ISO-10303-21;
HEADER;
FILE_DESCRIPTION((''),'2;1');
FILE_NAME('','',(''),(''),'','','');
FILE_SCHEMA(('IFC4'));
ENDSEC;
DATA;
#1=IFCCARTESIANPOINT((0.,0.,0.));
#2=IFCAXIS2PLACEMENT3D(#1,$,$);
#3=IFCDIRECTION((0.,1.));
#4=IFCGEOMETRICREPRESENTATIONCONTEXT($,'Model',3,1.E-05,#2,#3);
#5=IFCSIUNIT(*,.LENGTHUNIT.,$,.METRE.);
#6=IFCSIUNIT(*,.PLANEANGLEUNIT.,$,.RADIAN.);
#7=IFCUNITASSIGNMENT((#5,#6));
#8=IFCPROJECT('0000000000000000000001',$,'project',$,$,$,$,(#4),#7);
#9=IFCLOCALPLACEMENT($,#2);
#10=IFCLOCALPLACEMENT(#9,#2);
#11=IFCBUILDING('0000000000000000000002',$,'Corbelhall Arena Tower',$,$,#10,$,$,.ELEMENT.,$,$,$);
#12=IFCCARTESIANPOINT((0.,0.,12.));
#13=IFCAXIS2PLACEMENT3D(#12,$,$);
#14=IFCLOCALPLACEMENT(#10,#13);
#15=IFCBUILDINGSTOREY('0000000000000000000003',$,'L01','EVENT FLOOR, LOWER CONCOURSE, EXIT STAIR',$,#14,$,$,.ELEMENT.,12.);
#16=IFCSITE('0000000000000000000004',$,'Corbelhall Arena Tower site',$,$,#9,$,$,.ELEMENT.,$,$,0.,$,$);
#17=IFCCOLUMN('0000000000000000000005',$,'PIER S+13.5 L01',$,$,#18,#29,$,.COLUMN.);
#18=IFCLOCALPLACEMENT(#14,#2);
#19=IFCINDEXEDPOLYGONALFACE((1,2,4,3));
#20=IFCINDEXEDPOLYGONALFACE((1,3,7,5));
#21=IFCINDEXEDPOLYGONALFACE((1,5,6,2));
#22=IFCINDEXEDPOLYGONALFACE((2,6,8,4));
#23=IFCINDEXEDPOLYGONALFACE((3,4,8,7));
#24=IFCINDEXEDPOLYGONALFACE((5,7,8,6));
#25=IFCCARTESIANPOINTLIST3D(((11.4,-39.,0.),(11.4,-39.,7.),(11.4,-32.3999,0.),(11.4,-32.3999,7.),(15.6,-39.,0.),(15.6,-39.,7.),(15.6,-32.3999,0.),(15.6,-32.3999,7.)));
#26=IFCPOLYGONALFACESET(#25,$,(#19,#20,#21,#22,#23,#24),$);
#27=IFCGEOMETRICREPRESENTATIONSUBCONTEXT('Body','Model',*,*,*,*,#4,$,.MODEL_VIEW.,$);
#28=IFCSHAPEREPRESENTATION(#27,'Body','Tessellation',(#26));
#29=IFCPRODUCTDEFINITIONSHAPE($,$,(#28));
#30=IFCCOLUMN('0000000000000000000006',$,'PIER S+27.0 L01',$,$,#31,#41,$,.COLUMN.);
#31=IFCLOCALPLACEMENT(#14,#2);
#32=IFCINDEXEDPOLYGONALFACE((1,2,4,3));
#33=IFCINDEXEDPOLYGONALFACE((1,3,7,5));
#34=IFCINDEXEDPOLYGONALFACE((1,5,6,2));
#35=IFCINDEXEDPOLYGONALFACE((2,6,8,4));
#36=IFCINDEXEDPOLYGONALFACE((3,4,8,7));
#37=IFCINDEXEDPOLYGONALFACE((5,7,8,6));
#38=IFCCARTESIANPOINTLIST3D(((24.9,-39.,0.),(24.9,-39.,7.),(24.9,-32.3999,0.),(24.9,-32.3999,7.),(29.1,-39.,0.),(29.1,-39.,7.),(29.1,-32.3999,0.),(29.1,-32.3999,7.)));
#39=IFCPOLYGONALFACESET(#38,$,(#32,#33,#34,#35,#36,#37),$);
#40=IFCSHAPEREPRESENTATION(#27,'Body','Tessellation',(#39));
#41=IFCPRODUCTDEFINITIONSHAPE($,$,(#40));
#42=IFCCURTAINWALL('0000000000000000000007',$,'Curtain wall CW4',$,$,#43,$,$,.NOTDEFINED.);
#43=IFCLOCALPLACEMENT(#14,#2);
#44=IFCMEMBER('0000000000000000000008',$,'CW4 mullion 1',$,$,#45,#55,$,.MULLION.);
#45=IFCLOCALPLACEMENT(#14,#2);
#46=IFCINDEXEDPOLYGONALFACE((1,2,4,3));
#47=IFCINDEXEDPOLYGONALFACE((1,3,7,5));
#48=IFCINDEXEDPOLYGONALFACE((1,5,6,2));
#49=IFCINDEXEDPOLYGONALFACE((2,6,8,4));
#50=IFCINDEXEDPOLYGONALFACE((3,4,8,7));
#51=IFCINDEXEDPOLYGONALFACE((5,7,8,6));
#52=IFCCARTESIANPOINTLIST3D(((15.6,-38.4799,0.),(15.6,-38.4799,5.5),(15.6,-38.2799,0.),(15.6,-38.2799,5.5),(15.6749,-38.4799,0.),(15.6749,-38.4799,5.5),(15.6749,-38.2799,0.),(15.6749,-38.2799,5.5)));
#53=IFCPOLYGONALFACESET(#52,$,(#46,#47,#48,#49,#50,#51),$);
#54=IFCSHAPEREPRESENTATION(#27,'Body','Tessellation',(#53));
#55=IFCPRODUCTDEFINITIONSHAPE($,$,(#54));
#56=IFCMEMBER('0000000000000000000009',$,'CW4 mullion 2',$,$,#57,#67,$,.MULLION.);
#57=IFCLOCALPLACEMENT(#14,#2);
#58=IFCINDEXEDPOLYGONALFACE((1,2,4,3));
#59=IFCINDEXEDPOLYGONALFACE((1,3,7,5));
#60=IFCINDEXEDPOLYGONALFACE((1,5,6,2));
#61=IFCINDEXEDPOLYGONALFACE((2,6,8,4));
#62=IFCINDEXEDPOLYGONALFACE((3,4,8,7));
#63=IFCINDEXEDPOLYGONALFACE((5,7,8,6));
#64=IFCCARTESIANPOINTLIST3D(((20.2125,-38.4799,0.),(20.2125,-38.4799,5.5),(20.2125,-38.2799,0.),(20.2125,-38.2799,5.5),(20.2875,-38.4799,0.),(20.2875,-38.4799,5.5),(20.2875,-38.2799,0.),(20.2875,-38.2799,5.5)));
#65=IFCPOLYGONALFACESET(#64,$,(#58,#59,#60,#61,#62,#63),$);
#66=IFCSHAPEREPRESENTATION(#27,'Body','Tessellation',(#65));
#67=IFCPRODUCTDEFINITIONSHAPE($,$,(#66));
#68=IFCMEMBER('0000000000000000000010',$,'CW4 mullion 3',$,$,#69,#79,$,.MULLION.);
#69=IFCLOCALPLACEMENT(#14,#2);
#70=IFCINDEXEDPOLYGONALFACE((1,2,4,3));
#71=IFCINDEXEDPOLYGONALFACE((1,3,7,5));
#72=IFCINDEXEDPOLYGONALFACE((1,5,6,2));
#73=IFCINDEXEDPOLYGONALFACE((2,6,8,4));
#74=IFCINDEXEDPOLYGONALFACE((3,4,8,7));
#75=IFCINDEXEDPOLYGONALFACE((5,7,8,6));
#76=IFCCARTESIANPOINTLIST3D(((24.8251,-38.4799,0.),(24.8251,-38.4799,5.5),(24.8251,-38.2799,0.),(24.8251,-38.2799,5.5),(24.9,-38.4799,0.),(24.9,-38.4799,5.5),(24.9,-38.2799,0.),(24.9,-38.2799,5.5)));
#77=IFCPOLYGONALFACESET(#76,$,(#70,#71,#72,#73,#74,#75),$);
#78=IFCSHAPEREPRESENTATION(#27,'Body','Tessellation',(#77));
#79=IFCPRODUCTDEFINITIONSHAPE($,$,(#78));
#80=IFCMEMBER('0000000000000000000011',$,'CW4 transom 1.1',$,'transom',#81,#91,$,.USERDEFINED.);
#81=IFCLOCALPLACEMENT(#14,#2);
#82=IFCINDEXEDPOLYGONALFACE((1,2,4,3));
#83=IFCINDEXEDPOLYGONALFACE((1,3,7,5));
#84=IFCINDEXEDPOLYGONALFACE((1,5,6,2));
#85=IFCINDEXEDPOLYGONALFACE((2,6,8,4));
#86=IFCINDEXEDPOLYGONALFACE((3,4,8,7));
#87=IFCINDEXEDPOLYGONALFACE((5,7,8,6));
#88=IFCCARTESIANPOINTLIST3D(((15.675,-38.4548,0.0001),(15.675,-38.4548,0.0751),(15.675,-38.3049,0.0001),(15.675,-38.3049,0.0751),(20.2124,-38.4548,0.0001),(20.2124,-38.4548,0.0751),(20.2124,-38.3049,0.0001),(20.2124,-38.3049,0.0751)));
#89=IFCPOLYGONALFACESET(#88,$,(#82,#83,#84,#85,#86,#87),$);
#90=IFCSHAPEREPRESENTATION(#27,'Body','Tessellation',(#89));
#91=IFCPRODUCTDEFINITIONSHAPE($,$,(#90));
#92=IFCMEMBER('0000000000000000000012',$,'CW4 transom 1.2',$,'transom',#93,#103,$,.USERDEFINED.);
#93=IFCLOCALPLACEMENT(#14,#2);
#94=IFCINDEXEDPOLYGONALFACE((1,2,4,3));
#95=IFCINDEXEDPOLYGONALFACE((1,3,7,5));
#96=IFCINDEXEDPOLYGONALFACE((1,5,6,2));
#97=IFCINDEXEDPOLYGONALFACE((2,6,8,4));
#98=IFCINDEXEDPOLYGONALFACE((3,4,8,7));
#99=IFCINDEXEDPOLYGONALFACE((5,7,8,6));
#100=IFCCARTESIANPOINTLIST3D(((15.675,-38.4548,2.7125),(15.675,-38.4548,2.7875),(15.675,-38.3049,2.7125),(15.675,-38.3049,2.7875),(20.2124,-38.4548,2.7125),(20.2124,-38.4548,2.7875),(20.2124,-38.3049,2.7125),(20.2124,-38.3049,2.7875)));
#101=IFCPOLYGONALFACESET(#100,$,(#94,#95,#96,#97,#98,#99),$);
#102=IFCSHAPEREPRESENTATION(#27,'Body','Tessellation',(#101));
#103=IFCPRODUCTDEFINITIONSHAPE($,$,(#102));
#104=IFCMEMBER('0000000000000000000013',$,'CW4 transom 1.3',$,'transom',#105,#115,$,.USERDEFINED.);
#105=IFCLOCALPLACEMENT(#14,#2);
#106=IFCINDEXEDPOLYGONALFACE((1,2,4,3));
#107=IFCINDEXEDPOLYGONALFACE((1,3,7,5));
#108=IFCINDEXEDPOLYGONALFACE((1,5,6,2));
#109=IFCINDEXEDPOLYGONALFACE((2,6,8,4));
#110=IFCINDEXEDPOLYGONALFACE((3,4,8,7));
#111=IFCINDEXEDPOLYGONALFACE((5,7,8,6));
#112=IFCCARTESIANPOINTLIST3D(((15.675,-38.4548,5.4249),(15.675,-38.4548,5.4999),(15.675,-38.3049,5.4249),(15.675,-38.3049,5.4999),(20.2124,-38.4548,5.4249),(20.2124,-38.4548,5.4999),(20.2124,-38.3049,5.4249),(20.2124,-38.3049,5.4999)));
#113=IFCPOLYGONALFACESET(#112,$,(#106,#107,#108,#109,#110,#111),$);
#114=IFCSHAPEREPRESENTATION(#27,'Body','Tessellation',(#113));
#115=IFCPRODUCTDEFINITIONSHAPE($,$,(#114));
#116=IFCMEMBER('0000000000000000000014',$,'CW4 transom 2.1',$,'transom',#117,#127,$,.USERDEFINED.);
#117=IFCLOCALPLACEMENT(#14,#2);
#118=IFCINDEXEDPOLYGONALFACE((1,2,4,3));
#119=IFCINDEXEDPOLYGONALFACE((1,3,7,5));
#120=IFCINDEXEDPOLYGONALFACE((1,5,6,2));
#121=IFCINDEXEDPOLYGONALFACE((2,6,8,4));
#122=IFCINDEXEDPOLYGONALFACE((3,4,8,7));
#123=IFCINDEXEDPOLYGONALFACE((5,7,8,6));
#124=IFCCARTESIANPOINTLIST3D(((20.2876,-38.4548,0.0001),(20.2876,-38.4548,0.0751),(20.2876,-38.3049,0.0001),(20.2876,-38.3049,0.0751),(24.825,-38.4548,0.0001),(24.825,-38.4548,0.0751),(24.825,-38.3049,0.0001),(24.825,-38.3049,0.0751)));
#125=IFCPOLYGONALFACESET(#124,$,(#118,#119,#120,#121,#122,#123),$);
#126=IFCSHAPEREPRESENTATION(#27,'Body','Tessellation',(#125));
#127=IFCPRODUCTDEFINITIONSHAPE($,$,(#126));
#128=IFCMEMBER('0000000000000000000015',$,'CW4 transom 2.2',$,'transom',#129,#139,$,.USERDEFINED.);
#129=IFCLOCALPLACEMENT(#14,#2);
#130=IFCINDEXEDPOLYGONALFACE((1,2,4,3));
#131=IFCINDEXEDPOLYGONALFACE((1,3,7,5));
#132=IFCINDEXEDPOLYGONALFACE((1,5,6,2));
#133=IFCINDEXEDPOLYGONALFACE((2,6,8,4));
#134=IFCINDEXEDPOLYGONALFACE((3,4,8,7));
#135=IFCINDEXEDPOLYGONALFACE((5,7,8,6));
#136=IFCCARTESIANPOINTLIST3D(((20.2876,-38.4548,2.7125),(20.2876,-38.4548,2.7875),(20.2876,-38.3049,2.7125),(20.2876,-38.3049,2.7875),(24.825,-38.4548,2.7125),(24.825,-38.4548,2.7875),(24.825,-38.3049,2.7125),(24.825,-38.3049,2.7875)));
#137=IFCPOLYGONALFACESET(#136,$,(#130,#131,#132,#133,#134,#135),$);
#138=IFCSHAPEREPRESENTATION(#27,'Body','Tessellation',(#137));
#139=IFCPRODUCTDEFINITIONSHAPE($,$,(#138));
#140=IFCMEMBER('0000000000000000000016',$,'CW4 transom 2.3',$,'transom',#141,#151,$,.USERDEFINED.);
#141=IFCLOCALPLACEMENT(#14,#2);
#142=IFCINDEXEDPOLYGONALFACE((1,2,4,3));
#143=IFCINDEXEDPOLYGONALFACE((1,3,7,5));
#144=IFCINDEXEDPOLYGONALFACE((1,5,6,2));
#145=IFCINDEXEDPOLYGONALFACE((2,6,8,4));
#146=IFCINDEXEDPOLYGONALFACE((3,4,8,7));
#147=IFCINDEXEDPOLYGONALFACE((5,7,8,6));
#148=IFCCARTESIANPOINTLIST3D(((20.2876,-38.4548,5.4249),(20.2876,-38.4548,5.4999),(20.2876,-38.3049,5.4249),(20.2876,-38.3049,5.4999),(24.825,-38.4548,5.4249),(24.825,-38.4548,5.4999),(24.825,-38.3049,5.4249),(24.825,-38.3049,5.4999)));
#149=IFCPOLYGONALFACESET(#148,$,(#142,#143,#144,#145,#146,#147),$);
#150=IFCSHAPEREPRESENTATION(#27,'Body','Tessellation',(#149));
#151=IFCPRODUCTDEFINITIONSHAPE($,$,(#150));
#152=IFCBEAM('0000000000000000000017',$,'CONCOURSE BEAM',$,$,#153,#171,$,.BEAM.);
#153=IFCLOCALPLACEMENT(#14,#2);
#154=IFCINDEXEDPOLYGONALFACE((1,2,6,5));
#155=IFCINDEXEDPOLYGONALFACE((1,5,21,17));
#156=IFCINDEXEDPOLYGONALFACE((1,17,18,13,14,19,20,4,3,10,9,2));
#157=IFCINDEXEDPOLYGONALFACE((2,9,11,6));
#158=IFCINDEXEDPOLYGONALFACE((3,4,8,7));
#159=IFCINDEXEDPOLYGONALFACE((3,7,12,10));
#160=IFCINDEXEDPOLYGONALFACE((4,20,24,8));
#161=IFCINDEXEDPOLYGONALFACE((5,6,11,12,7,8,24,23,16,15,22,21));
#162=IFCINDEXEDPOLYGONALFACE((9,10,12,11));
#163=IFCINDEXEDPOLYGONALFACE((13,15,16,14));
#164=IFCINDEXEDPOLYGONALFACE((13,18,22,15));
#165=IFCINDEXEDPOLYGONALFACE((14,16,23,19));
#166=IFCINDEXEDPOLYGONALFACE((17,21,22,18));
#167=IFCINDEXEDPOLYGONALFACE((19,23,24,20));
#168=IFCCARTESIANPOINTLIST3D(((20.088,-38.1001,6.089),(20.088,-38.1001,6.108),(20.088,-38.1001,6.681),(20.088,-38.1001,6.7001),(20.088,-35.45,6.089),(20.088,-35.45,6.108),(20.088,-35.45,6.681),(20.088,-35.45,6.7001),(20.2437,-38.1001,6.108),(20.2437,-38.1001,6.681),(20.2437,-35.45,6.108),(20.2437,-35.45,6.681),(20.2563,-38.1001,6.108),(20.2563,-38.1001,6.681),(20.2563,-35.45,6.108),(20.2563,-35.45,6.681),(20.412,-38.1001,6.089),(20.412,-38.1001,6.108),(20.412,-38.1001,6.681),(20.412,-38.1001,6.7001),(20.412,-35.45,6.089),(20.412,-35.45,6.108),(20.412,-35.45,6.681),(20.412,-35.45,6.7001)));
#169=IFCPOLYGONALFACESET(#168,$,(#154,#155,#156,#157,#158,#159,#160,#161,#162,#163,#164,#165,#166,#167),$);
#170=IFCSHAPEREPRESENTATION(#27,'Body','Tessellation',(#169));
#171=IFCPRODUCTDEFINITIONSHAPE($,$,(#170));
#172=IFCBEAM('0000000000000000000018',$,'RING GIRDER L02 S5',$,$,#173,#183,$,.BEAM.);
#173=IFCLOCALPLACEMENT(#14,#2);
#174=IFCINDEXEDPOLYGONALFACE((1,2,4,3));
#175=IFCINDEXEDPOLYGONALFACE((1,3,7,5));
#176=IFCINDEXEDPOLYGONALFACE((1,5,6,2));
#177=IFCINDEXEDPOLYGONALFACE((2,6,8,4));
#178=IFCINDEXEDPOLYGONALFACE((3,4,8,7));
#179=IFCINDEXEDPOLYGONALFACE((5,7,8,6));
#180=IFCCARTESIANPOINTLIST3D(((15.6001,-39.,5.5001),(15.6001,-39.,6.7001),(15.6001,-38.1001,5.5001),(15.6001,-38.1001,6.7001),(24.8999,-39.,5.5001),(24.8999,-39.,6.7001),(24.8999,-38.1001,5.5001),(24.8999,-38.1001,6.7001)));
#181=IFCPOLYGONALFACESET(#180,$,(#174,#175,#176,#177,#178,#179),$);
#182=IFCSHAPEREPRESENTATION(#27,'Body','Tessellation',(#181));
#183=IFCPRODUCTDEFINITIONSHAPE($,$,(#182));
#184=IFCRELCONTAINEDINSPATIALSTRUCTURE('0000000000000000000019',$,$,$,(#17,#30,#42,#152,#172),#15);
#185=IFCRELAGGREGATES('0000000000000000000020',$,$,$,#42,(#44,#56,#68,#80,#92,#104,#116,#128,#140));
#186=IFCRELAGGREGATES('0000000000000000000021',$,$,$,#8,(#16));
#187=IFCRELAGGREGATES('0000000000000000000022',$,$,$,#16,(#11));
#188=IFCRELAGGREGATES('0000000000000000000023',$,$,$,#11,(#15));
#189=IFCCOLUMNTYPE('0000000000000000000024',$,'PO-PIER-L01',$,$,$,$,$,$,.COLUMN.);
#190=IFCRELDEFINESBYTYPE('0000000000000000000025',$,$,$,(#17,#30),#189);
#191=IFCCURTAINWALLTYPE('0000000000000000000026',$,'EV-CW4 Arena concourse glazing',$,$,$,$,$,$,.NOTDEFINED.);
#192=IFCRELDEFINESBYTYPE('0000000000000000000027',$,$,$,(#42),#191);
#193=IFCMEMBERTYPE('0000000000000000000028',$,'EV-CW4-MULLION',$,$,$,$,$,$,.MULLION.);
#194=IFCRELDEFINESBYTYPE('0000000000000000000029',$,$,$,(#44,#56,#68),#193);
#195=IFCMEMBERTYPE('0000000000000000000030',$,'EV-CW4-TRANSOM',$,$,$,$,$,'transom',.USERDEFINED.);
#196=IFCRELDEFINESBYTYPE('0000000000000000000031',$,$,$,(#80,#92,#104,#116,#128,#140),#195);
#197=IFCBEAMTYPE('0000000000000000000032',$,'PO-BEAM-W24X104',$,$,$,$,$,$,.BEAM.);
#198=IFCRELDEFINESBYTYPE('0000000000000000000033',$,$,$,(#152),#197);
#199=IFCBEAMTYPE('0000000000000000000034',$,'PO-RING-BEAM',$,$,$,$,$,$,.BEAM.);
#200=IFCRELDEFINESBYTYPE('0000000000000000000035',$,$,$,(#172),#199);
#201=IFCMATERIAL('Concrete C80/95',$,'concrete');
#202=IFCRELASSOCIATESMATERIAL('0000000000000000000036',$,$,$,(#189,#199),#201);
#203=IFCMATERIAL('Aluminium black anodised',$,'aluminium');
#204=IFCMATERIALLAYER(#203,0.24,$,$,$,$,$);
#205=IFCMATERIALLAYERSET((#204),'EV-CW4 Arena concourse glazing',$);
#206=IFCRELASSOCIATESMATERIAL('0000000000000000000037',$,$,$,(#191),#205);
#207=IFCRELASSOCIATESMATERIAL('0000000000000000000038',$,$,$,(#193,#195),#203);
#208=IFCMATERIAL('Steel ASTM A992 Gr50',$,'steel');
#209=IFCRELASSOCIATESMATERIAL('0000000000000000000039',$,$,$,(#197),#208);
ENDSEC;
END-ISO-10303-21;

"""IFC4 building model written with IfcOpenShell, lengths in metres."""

from ifc_helpers import new_model, si_unit, direction, frame, origin, origin_2d, place, context, subcontext, project, spatial, rectangle, i_section, extrude, material, layer, layer_set, material_profile, profile_set, type_object, element, aggregate, save


model = new_model("IFC4")

# Units and contexts
model_context = context("Model", 3, precision=1e-05, world=origin(), true_north=direction((0.0, 1.0)))
body_context = subcontext(model_context, "Body", "Model", "MODEL_VIEW")
ifc_project = project(units=[si_unit("LENGTHUNIT", "METRE"), si_unit("PLANEANGLEUNIT", "RADIAN")], contexts=[model_context])

# Site, building, storey
site_placement = place(None, origin())
site = spatial("IfcSite", under=ifc_project, at=site_placement, Name="Corbelhall Arena Tower site", CompositionType="ELEMENT", RefElevation=0.0)
building_placement = place(site_placement, origin())
building = spatial("IfcBuilding", under=site, at=building_placement, Name="Corbelhall Arena Tower", CompositionType="ELEMENT")
storey_placement = place(building_placement, frame((0.0, 0.0, 12.0)))
storey = spatial("IfcBuildingStorey", under=building, at=storey_placement, Name="L01", Description="EVENT FLOOR, LOWER CONCOURSE, EXIT STAIR", CompositionType="ELEMENT", Elevation=12.0)

# Columns
ifc_material_1 = material(Name="Concrete C80/95", Category="concrete")
ifc_material_profile_1 = material_profile(ifc_material_1, rectangle(XDim=4.2, YDim=6.6001, at=origin_2d()))
ifc_profile_set_1 = profile_set([ifc_material_profile_1], Name="Concrete C80/95")
column_type = type_object("IfcColumnType", Name="PO-PIER-L01", PredefinedType="COLUMN", material=ifc_profile_set_1)
for number, where, z_axis, x_axis, name in (
    (1, (13.5, -35.7, 0.0), (0.0, 0.0, 1.0), (1.0, 0.0, 0.0), "PIER S+13.5 L01"),
    (2, (27.0, -35.7, 0.0), (0.0, 0.0, 1.0), (1.0, 0.0, 0.0), "PIER S+27.0 L01"),
):
    element("IfcColumn", number, at=place(storey_placement, frame(where, z_axis=z_axis, x_axis=x_axis)), inside=storey, type_object=column_type, Name=name, PredefinedType="COLUMN", context=body_context, shape_type="SweptSolid", body=[
        extrude(rectangle(XDim=4.2, YDim=6.6001, at=origin_2d()), origin(), (0.0, 0.0, 1.0), 7.0),
    ])

# Curtain wall, members
ifc_material_2 = material(Name="Aluminium black anodised", Category="aluminium")
ifc_layer_1 = layer(ifc_material_2, 0.24)
ifc_layer_set_1 = layer_set([ifc_layer_1], Name="EV-CW4 Arena concourse glazing")
curtain_wall_type = type_object("IfcCurtainWallType", Name="EV-CW4 Arena concourse glazing", PredefinedType="NOTDEFINED", material=ifc_layer_set_1)
curtain_wall_placement = place(storey_placement, origin())
curtain_wall = element("IfcCurtainWall", 3, at=curtain_wall_placement, inside=storey, type_object=curtain_wall_type, Name="Curtain wall CW4", PredefinedType="NOTDEFINED")
ifc_material_profile_2 = material_profile(ifc_material_2, rectangle(XDim=0.2, YDim=0.075, at=origin_2d()))
ifc_profile_set_2 = profile_set([ifc_material_profile_2], Name="Aluminium black anodised")
member_type_1 = type_object("IfcMemberType", Name="EV-CW4-MULLION", PredefinedType="MULLION", material=ifc_profile_set_2)
member_1_placement = place(storey_placement, frame((15.6375, -38.3799, 0.0), z_axis=(0.0, 0.0, 1.0), x_axis=(0.0, 1.0, 0.0)))
member_1 = element("IfcMember", 4, at=member_1_placement, type_object=member_type_1, Name="CW4 mullion 1", PredefinedType="MULLION", context=body_context, shape_type="SweptSolid", body=[
    extrude(rectangle(XDim=0.2, YDim=0.075, at=origin_2d()), origin(), (0.0, 0.0, 1.0), 5.5),
])
member_2_placement = place(storey_placement, frame((20.25, -38.3799, 0.0), z_axis=(0.0, 0.0, 1.0), x_axis=(0.0, 1.0, 0.0)))
member_2 = element("IfcMember", 5, at=member_2_placement, type_object=member_type_1, Name="CW4 mullion 2", PredefinedType="MULLION", context=body_context, shape_type="SweptSolid", body=[
    extrude(rectangle(XDim=0.2, YDim=0.075, at=origin_2d()), origin(), (0.0, 0.0, 1.0), 5.5),
])
member_3_placement = place(storey_placement, frame((24.8625, -38.3799, 0.0), z_axis=(0.0, 0.0, 1.0), x_axis=(0.0, 1.0, 0.0)))
member_3 = element("IfcMember", 6, at=member_3_placement, type_object=member_type_1, Name="CW4 mullion 3", PredefinedType="MULLION", context=body_context, shape_type="SweptSolid", body=[
    extrude(rectangle(XDim=0.2, YDim=0.075, at=origin_2d()), origin(), (0.0, 0.0, 1.0), 5.5),
])
ifc_material_profile_3 = material_profile(ifc_material_2, rectangle(XDim=0.1499, YDim=0.075, at=origin_2d()))
ifc_profile_set_3 = profile_set([ifc_material_profile_3], Name="Aluminium black anodised")
member_type_2 = type_object("IfcMemberType", Name="EV-CW4-TRANSOM", ElementType="transom", PredefinedType="USERDEFINED", material=ifc_profile_set_3)
member_4_placement = place(storey_placement, frame((15.675, -38.3799, 0.0376), z_axis=(1.0, 0.0, 0.0), x_axis=(0.0, 1.0, 0.0)))
member_4 = element("IfcMember", 7, at=member_4_placement, type_object=member_type_2, Name="CW4 transom 1.1", ObjectType="transom", PredefinedType="USERDEFINED", context=body_context, shape_type="SweptSolid", body=[
    extrude(rectangle(XDim=0.1499, YDim=0.075, at=origin_2d()), origin(), (0.0, 0.0, 1.0), 4.5374),
])
member_5_placement = place(storey_placement, frame((15.675, -38.3799, 2.75), z_axis=(1.0, 0.0, 0.0), x_axis=(0.0, 1.0, 0.0)))
member_5 = element("IfcMember", 8, at=member_5_placement, type_object=member_type_2, Name="CW4 transom 1.2", ObjectType="transom", PredefinedType="USERDEFINED", context=body_context, shape_type="SweptSolid", body=[
    extrude(rectangle(XDim=0.1499, YDim=0.075, at=origin_2d()), origin(), (0.0, 0.0, 1.0), 4.5374),
])
member_6_placement = place(storey_placement, frame((15.675, -38.3799, 5.4624), z_axis=(1.0, 0.0, 0.0), x_axis=(0.0, 1.0, 0.0)))
member_6 = element("IfcMember", 9, at=member_6_placement, type_object=member_type_2, Name="CW4 transom 1.3", ObjectType="transom", PredefinedType="USERDEFINED", context=body_context, shape_type="SweptSolid", body=[
    extrude(rectangle(XDim=0.1499, YDim=0.075, at=origin_2d()), origin(), (0.0, 0.0, 1.0), 4.5374),
])
member_7_placement = place(storey_placement, frame((20.2876, -38.3799, 0.0376), z_axis=(1.0, 0.0, 0.0), x_axis=(0.0, 1.0, 0.0)))
member_7 = element("IfcMember", 10, at=member_7_placement, type_object=member_type_2, Name="CW4 transom 2.1", ObjectType="transom", PredefinedType="USERDEFINED", context=body_context, shape_type="SweptSolid", body=[
    extrude(rectangle(XDim=0.1499, YDim=0.075, at=origin_2d()), origin(), (0.0, 0.0, 1.0), 4.5374),
])
member_8_placement = place(storey_placement, frame((20.2876, -38.3799, 2.75), z_axis=(1.0, 0.0, 0.0), x_axis=(0.0, 1.0, 0.0)))
member_8 = element("IfcMember", 11, at=member_8_placement, type_object=member_type_2, Name="CW4 transom 2.2", ObjectType="transom", PredefinedType="USERDEFINED", context=body_context, shape_type="SweptSolid", body=[
    extrude(rectangle(XDim=0.1499, YDim=0.075, at=origin_2d()), origin(), (0.0, 0.0, 1.0), 4.5374),
])
member_9_placement = place(storey_placement, frame((20.2876, -38.3799, 5.4624), z_axis=(1.0, 0.0, 0.0), x_axis=(0.0, 1.0, 0.0)))
member_9 = element("IfcMember", 12, at=member_9_placement, type_object=member_type_2, Name="CW4 transom 2.3", ObjectType="transom", PredefinedType="USERDEFINED", context=body_context, shape_type="SweptSolid", body=[
    extrude(rectangle(XDim=0.1499, YDim=0.075, at=origin_2d()), origin(), (0.0, 0.0, 1.0), 4.5374),
])

# Beams
ifc_material_3 = material(Name="Steel ASTM A992 Gr50", Category="steel")
ifc_material_profile_4 = material_profile(ifc_material_3, i_section(OverallWidth=0.324, OverallDepth=0.6111, WebThickness=0.0127, FlangeThickness=0.019, at=origin_2d()))
ifc_profile_set_4 = profile_set([ifc_material_profile_4], Name="Steel ASTM A992 Gr50")
beam_type_1 = type_object("IfcBeamType", Name="PO-BEAM-W24X104", PredefinedType="BEAM", material=ifc_profile_set_4)
beam_1_placement = place(storey_placement, frame((20.25, -35.45, 6.3945), z_axis=(0.0, -1.0, 0.0), x_axis=(1.0, 0.0, 0.0)))
element("IfcBeam", 13, at=beam_1_placement, inside=storey, type_object=beam_type_1, Name="CONCOURSE BEAM", PredefinedType="BEAM", context=body_context, shape_type="SweptSolid", body=[
    extrude(i_section(OverallWidth=0.324, OverallDepth=0.6111, WebThickness=0.0127, FlangeThickness=0.019, at=origin_2d()), origin(), (0.0, 0.0, 1.0), 2.6501),
])
ifc_material_profile_5 = material_profile(ifc_material_1, rectangle(XDim=0.8999, YDim=1.2, at=origin_2d()))
ifc_profile_set_5 = profile_set([ifc_material_profile_5], Name="Concrete C80/95")
beam_type_2 = type_object("IfcBeamType", Name="PO-RING-BEAM", PredefinedType="BEAM", material=ifc_profile_set_5)
beam_2_placement = place(storey_placement, frame((15.6001, -38.55, 6.1001), z_axis=(1.0, 0.0, 0.0), x_axis=(0.0, 1.0, 0.0)))
element("IfcBeam", 14, at=beam_2_placement, inside=storey, type_object=beam_type_2, Name="RING GIRDER L02 S5", PredefinedType="BEAM", context=body_context, shape_type="SweptSolid", body=[
    extrude(rectangle(XDim=0.8999, YDim=1.2, at=origin_2d()), origin(), (0.0, 0.0, 1.0), 9.2998),
])

aggregate(curtain_wall, [member_1, member_2, member_3, member_4, member_5, member_6, member_7, member_8, member_9])

save(model, "model.ifc")
